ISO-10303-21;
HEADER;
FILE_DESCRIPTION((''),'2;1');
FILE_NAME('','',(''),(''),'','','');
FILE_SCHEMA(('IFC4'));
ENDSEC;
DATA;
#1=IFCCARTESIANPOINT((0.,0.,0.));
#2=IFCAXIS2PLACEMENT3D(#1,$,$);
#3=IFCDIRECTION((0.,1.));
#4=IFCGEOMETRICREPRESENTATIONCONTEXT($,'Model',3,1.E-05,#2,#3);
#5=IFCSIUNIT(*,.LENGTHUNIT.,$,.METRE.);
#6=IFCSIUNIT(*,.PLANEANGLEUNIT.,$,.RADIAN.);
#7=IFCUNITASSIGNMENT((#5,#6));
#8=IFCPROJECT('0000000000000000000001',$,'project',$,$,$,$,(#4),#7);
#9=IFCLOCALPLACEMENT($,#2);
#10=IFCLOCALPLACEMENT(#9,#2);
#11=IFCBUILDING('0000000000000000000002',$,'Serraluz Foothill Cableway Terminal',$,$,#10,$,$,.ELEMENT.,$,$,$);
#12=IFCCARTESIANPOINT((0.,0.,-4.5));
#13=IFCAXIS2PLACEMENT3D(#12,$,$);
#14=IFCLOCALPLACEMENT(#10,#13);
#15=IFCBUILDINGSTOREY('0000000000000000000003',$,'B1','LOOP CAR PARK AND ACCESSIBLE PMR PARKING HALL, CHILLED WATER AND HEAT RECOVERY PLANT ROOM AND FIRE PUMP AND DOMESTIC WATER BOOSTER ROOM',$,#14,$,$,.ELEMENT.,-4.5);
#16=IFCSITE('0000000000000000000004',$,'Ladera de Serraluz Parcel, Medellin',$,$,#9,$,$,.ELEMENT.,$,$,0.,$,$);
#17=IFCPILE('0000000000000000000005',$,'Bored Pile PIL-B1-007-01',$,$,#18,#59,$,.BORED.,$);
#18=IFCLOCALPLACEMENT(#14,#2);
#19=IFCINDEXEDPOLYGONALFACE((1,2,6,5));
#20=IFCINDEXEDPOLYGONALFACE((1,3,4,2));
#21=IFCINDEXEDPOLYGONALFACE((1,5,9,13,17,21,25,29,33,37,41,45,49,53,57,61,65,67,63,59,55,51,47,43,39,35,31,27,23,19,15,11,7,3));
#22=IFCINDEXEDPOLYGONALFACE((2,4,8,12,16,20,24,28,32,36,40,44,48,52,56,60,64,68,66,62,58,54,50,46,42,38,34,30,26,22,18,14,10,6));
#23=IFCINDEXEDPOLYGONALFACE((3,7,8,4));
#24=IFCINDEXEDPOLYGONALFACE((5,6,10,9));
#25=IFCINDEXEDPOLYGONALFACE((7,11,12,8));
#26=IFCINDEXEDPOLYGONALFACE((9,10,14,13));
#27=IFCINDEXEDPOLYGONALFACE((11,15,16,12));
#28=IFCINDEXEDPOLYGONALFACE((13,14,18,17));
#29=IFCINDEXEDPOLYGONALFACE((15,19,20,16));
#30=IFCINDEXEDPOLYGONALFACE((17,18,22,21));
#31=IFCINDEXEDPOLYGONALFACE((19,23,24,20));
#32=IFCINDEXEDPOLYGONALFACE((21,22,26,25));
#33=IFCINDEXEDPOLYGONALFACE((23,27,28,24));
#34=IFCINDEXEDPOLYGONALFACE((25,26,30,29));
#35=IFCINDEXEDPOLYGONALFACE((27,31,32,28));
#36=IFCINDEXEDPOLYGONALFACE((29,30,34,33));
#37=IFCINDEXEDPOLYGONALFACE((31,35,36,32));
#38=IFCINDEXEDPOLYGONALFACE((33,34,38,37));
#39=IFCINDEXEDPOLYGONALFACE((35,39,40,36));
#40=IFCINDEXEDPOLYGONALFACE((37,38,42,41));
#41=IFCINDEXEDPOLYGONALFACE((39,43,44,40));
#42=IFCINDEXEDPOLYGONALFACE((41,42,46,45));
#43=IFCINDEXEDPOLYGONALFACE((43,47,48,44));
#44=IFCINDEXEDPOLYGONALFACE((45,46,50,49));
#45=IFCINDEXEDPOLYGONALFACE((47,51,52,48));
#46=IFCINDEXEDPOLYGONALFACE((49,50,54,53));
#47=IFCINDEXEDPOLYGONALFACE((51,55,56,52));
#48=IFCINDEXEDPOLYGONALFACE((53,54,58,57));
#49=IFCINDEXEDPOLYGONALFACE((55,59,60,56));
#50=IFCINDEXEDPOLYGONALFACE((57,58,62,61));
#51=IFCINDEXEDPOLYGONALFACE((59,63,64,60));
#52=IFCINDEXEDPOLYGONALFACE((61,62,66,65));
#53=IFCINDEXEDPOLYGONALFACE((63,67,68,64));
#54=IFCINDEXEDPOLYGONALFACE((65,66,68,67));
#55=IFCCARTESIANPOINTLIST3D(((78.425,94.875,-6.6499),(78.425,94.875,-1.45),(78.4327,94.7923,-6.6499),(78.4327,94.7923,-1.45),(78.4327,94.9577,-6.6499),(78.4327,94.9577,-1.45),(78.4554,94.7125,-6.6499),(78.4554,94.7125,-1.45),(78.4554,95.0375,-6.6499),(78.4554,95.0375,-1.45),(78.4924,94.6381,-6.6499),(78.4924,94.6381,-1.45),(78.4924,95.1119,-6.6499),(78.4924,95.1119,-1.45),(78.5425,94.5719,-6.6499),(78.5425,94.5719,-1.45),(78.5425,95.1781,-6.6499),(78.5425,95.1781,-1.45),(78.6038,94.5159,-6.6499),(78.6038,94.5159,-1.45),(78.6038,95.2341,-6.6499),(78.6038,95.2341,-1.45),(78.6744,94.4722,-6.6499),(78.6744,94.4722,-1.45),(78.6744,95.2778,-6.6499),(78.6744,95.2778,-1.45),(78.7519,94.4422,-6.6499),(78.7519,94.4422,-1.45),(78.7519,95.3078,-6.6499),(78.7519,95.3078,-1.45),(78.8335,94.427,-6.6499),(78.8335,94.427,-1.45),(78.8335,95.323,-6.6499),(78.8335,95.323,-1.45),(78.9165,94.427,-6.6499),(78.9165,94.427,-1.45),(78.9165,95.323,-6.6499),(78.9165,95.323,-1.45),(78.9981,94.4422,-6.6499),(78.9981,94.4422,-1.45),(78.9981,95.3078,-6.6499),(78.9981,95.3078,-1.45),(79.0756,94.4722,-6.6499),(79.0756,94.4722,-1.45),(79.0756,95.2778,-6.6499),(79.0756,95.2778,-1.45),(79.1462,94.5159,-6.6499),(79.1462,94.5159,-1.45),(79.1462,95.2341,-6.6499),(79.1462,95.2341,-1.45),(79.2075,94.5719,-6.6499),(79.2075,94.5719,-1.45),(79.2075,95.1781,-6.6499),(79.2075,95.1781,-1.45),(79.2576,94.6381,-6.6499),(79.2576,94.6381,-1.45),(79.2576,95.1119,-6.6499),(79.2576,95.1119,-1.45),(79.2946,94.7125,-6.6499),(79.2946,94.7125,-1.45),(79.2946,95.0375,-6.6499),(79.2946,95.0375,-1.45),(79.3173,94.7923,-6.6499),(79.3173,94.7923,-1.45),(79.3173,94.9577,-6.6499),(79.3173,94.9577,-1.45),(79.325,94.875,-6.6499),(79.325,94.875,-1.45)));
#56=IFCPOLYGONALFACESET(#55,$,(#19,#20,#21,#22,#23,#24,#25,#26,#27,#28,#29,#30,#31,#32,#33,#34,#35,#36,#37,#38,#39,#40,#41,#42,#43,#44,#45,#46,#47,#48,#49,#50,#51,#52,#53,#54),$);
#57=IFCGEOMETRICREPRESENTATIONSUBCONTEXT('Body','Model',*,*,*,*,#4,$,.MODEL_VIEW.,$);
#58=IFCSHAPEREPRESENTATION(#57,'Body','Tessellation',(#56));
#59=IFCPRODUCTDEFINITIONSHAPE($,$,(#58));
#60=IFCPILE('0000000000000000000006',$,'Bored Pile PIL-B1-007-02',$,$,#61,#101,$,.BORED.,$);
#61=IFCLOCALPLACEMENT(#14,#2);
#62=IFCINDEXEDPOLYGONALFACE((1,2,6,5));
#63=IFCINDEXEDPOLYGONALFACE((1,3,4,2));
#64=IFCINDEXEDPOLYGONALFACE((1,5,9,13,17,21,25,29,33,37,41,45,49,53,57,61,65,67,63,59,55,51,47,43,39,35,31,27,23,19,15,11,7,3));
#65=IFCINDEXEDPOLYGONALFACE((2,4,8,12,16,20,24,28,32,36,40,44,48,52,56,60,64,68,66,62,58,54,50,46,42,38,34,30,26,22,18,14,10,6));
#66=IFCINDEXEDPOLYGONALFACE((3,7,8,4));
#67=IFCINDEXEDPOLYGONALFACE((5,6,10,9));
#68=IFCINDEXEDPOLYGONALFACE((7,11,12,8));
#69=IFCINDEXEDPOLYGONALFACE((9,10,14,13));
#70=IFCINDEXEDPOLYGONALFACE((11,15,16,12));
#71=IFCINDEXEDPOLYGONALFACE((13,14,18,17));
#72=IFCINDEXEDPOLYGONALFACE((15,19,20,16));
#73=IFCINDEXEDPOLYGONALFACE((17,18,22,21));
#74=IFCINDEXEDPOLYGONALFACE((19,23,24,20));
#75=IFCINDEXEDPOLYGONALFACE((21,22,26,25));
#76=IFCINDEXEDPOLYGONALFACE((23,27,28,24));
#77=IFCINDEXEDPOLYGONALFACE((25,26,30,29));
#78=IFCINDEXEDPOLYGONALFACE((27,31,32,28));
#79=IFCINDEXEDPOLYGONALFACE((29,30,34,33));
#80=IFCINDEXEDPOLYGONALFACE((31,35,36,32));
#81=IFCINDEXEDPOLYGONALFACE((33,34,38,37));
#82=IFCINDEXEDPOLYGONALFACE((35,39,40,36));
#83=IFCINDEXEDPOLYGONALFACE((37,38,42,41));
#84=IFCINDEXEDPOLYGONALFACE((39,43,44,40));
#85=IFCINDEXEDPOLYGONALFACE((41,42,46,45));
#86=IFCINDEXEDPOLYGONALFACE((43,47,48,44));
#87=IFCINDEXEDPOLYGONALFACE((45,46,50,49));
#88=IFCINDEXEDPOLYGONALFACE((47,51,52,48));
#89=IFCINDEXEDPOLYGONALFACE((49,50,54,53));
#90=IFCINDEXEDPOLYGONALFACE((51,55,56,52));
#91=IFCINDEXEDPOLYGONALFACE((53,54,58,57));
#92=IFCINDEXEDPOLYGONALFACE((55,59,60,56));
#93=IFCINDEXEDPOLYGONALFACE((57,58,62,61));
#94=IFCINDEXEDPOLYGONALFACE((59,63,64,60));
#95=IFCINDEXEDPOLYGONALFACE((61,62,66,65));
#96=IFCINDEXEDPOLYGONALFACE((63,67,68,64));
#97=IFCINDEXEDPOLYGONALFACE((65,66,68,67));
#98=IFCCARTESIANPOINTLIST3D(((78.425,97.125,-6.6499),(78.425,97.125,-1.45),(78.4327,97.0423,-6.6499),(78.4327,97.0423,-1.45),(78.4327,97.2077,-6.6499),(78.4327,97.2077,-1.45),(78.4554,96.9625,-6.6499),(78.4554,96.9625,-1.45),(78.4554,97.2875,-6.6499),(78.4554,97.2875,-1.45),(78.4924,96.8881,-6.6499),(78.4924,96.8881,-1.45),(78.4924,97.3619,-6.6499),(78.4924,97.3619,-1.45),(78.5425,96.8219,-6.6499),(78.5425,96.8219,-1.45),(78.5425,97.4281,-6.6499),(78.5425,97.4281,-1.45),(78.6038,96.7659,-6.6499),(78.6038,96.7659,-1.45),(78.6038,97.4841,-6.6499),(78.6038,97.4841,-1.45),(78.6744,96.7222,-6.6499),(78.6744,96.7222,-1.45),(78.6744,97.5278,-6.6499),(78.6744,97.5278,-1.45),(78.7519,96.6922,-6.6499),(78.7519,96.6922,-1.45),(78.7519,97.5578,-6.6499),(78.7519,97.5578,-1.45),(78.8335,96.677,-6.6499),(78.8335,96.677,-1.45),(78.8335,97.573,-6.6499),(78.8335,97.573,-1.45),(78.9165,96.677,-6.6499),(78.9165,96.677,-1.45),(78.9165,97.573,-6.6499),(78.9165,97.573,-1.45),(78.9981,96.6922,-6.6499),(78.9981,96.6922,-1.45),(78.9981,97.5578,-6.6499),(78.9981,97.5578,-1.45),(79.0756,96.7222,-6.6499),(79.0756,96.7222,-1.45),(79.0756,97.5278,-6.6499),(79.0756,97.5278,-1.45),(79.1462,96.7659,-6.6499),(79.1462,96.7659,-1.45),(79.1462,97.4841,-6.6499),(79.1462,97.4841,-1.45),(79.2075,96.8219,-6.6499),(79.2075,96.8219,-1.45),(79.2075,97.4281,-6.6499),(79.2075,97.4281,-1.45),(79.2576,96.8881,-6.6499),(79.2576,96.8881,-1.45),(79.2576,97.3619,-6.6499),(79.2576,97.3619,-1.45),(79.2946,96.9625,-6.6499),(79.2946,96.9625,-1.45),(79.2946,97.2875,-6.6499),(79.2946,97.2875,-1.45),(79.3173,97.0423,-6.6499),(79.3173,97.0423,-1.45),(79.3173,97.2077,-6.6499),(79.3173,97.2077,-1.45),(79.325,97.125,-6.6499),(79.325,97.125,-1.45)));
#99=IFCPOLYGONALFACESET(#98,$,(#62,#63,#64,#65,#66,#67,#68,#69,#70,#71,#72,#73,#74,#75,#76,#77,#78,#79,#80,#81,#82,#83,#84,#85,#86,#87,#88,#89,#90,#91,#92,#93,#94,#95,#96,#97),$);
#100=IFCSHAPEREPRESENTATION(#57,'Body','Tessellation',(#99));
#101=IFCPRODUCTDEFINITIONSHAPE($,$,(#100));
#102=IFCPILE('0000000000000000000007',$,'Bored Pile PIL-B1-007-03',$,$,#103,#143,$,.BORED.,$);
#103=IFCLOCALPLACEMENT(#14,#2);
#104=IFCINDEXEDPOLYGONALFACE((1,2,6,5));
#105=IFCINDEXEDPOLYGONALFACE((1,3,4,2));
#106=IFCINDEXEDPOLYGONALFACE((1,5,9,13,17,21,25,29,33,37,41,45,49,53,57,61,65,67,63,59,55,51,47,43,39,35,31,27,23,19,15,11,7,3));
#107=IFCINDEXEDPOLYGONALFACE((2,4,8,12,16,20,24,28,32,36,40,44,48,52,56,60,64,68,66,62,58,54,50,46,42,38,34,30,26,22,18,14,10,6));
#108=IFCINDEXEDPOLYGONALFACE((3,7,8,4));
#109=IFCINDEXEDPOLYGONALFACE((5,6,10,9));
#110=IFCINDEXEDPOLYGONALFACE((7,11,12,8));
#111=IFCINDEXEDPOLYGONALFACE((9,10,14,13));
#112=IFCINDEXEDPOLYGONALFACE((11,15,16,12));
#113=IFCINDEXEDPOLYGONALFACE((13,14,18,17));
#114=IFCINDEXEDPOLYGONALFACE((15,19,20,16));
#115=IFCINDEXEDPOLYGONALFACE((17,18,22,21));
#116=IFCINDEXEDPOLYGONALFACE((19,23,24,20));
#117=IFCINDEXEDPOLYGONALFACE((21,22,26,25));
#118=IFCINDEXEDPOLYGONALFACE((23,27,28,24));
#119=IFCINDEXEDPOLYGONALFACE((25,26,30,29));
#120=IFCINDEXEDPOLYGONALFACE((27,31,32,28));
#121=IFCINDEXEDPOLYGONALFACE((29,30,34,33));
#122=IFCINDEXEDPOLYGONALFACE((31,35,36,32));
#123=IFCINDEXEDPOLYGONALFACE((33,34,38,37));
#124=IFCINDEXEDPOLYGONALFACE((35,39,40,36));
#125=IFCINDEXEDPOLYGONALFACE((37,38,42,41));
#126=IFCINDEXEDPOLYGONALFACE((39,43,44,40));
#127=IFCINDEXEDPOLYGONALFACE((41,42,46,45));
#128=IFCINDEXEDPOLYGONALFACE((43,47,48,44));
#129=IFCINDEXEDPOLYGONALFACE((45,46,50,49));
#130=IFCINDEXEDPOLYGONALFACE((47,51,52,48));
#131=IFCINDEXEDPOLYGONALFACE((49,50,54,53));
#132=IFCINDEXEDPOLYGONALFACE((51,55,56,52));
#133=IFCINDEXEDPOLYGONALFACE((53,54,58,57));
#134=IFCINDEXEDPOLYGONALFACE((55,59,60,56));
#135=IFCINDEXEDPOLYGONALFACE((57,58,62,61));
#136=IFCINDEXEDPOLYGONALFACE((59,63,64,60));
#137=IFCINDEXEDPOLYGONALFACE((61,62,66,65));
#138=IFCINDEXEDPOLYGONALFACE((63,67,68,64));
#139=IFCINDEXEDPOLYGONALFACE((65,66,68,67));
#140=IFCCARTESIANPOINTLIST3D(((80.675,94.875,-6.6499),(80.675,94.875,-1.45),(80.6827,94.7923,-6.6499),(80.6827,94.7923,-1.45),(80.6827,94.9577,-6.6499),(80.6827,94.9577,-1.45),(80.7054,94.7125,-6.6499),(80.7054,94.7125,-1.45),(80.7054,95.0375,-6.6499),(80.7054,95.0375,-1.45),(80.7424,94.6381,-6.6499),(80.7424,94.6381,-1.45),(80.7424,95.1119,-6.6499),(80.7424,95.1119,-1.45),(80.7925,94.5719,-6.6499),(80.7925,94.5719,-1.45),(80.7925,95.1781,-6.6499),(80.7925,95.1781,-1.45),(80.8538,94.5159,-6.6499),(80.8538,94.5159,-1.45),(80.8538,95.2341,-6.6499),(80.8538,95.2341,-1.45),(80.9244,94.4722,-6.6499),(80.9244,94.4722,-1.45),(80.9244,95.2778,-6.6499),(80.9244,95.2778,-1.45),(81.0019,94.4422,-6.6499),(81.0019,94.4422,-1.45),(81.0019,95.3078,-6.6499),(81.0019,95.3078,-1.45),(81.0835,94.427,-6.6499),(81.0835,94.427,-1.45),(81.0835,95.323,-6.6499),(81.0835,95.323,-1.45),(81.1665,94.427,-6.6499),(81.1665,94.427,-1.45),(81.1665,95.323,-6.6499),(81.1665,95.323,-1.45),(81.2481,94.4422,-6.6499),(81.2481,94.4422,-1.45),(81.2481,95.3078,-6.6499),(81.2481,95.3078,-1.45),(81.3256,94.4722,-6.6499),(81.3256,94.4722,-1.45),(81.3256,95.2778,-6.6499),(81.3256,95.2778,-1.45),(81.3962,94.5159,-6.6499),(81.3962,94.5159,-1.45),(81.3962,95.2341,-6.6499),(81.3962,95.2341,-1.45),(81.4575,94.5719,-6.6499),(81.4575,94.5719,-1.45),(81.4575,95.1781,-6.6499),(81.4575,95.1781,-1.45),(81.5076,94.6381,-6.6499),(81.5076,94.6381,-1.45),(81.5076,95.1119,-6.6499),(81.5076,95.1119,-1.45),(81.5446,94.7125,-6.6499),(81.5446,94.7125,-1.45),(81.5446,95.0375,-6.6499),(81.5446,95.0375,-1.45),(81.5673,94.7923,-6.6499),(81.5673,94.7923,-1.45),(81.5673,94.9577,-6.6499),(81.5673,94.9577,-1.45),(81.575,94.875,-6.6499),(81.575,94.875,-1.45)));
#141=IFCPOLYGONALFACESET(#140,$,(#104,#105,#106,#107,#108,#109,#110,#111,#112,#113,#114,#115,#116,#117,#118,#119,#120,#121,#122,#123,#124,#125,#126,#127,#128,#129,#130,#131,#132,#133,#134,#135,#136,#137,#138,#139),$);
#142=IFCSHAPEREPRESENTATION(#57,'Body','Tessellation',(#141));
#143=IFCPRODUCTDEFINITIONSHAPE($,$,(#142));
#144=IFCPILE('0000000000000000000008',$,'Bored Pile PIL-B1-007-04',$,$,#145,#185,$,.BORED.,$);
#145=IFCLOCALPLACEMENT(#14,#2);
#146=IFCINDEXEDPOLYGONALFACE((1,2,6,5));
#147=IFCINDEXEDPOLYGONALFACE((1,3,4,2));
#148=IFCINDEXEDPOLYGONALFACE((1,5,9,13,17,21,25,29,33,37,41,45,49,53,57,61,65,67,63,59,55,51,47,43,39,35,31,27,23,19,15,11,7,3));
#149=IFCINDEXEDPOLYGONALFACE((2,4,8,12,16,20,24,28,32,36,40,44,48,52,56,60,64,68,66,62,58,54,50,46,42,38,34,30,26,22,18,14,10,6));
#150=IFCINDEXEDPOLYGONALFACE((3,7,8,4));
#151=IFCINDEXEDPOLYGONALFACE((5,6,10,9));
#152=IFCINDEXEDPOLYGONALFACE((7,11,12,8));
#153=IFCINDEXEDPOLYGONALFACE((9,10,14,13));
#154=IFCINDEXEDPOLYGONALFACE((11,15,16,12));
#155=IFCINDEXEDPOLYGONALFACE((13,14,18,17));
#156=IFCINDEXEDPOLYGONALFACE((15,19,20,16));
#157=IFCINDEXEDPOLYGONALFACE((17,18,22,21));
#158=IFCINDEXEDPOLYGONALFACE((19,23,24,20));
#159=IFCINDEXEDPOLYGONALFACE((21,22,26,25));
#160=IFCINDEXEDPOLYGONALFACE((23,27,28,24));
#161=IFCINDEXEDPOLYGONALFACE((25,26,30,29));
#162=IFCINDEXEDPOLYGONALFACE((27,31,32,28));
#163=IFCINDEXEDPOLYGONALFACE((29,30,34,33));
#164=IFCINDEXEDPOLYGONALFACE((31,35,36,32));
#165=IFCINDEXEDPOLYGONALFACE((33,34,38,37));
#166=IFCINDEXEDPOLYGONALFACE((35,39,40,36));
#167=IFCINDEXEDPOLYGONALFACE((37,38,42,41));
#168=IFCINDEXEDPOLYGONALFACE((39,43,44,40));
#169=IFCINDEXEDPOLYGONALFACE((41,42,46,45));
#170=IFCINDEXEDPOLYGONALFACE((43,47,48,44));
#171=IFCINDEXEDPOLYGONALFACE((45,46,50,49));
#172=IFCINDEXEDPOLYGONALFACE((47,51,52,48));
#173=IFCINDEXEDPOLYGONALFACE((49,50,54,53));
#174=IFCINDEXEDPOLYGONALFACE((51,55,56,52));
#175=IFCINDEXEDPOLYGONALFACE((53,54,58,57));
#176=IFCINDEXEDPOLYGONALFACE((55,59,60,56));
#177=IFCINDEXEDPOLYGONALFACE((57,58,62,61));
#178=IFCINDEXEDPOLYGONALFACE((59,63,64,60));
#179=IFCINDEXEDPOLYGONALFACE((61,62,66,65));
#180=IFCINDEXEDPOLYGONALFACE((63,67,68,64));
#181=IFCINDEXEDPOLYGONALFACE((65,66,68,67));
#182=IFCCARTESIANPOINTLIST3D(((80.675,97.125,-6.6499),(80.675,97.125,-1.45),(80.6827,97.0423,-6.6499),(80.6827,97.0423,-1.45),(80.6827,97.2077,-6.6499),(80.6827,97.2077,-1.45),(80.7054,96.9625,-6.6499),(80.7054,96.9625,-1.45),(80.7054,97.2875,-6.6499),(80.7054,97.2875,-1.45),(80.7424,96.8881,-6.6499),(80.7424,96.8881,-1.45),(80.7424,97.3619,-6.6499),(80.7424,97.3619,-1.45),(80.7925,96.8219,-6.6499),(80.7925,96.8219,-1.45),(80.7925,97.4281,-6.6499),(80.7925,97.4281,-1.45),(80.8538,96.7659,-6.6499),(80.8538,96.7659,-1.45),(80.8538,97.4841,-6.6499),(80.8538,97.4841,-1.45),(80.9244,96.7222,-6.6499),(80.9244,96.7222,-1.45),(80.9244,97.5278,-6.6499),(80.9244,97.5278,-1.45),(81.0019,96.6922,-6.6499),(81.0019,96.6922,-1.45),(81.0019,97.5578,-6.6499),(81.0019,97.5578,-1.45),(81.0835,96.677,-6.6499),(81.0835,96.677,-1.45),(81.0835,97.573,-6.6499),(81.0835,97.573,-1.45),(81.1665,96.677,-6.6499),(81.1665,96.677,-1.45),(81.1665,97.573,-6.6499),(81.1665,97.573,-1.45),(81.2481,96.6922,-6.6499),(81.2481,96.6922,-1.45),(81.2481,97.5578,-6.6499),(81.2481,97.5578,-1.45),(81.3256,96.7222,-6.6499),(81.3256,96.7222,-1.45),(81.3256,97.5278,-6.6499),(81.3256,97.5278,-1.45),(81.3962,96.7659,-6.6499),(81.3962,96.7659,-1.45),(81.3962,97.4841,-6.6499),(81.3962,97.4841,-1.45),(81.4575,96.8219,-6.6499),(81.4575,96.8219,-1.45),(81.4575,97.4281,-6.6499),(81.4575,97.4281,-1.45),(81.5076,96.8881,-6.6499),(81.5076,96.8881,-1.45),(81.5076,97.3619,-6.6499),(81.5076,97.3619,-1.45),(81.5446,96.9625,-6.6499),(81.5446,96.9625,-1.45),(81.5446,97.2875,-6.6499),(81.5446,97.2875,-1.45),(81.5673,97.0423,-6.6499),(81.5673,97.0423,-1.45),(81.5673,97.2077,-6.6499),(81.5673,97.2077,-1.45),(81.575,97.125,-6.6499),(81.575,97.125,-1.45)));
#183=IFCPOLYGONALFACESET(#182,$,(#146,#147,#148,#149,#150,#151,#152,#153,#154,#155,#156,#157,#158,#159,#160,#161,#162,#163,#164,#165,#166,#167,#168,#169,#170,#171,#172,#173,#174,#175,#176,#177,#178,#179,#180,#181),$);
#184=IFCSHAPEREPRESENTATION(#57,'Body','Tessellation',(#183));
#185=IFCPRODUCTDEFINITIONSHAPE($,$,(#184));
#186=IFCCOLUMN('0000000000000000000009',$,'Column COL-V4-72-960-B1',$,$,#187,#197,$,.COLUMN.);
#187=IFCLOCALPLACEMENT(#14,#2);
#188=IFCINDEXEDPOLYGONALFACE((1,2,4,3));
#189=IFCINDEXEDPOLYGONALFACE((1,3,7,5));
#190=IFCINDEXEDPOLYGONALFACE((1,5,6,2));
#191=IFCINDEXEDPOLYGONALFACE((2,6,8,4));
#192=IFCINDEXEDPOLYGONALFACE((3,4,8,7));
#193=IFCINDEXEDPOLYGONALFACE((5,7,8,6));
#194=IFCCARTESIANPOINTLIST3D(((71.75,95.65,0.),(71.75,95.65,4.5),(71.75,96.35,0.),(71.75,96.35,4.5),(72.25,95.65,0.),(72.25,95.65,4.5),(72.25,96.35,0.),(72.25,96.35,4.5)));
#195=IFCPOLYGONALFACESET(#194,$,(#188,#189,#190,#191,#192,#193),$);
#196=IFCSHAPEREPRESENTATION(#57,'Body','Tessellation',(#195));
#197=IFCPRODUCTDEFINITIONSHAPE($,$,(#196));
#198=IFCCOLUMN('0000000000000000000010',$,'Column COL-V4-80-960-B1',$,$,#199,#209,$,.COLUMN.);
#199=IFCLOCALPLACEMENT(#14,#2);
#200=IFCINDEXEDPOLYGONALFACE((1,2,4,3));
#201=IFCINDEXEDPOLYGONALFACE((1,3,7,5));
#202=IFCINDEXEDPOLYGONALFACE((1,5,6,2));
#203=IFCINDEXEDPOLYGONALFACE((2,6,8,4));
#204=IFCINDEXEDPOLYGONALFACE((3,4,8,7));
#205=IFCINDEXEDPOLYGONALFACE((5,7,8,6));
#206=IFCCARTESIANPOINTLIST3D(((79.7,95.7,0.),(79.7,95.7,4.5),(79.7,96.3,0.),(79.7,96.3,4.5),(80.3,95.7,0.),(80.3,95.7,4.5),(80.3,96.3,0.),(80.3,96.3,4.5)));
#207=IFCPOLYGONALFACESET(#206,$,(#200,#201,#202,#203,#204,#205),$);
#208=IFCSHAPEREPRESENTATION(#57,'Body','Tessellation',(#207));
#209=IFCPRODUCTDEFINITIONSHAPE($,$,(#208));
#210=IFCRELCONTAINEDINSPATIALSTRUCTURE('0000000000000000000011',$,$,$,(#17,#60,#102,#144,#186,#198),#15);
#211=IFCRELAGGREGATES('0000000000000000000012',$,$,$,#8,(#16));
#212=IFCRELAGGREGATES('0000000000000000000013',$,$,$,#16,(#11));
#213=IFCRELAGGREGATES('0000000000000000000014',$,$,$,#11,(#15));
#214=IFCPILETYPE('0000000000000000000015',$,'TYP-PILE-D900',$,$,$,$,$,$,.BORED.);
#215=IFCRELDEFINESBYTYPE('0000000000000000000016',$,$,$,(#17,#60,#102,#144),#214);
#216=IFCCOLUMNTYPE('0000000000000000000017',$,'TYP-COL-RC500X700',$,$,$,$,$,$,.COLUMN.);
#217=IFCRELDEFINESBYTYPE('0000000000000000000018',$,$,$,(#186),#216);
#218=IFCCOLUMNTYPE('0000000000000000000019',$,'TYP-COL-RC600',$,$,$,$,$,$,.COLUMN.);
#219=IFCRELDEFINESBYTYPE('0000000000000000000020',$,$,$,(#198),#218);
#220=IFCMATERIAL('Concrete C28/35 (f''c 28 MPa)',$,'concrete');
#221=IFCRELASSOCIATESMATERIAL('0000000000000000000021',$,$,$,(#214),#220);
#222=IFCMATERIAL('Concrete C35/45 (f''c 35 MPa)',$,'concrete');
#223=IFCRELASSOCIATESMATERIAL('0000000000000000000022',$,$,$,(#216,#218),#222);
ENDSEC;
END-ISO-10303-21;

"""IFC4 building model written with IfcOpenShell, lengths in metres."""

from ifc_helpers import new_model, si_unit, direction, frame, origin, origin_2d, place, context, subcontext, project, spatial, rectangle, circle, extrude, material, material_profile, profile_set, type_object, element, save


model = new_model("IFC4")

# Units and contexts
model_context = context("Model", 3, precision=1e-05, world=origin(), true_north=direction((0.0, 1.0)))
body_context = subcontext(model_context, "Body", "Model", "MODEL_VIEW")
ifc_project = project(units=[si_unit("LENGTHUNIT", "METRE"), si_unit("PLANEANGLEUNIT", "RADIAN")], contexts=[model_context])

# Site, building, storey
site_placement = place(None, origin())
site = spatial("IfcSite", under=ifc_project, at=site_placement, Name="Ladera de Serraluz Parcel, Medellin", CompositionType="ELEMENT", RefElevation=0.0)
building_placement = place(site_placement, origin())
building = spatial("IfcBuilding", under=site, at=building_placement, Name="Serraluz Foothill Cableway Terminal", CompositionType="ELEMENT")
storey_placement = place(building_placement, frame((0.0, 0.0, -4.5)))
storey = spatial("IfcBuildingStorey", under=building, at=storey_placement, Name="B1", Description="LOOP CAR PARK AND ACCESSIBLE PMR PARKING HALL, CHILLED WATER AND HEAT RECOVERY PLANT ROOM AND FIRE PUMP AND DOMESTIC WATER BOOSTER ROOM", CompositionType="ELEMENT", Elevation=-4.5)

# Shared definitions
ifc_material_1 = material(Name="Concrete C35/45 (f'c 35 MPa)", Category="concrete")

# Piles
ifc_material_2 = material(Name="Concrete C28/35 (f'c 28 MPa)", Category="concrete")
ifc_material_profile_1 = material_profile(ifc_material_2, circle(Radius=0.45, at=origin_2d()), Name="BORED PILE D900")
ifc_profile_set_1 = profile_set([ifc_material_profile_1], Name="Concrete C28/35 (f'c 28 MPa)")
pile_type = type_object("IfcPileType", Name="TYP-PILE-D900", PredefinedType="BORED", material=ifc_profile_set_1)
for number, where, z_axis, x_axis, name in (
    (1, (78.875, 94.875, -1.45), (0.0, 0.0, -1.0), (1.0, 0.0, 0.0), "Bored Pile PIL-B1-007-01"),
    (2, (78.875, 97.125, -1.45), (0.0, 0.0, -1.0), (1.0, 0.0, 0.0), "Bored Pile PIL-B1-007-02"),
    (3, (81.125, 94.875, -1.45), (0.0, 0.0, -1.0), (1.0, 0.0, 0.0), "Bored Pile PIL-B1-007-03"),
    (4, (81.125, 97.125, -1.45), (0.0, 0.0, -1.0), (1.0, 0.0, 0.0), "Bored Pile PIL-B1-007-04"),
):
    element("IfcPile", number, at=place(storey_placement, frame(where, z_axis=z_axis, x_axis=x_axis)), inside=storey, type_object=pile_type, Name=name, PredefinedType="BORED", context=body_context, shape_type="SweptSolid", body=[
        extrude(circle(Radius=0.45, at=origin_2d()), origin(), (0.0, 0.0, 1.0), 5.2),
    ])

# Columns
ifc_material_profile_2 = material_profile(ifc_material_1, rectangle(XDim=0.5, YDim=0.7, at=origin_2d()), Name="RC 500x700")
ifc_profile_set_2 = profile_set([ifc_material_profile_2], Name="Concrete C35/45 (f'c 35 MPa)")
column_type_1 = type_object("IfcColumnType", Name="TYP-COL-RC500X700", PredefinedType="COLUMN", material=ifc_profile_set_2)
column_1_placement = place(storey_placement, frame((72.0, 96.0, 0.0), z_axis=(0.0, 0.0, 1.0), x_axis=(1.0, 0.0, 0.0)))
element("IfcColumn", 5, at=column_1_placement, inside=storey, type_object=column_type_1, Name="Column COL-V4-72-960-B1", PredefinedType="COLUMN", context=body_context, shape_type="SweptSolid", body=[
    extrude(rectangle(XDim=0.5, YDim=0.7, at=origin_2d()), origin(), (0.0, 0.0, 1.0), 4.5),
])
ifc_material_profile_3 = material_profile(ifc_material_1, rectangle(XDim=0.6001, YDim=0.6001, at=origin_2d()), Name="RC 600x600")
ifc_profile_set_3 = profile_set([ifc_material_profile_3], Name="Concrete C35/45 (f'c 35 MPa)")
column_type_2 = type_object("IfcColumnType", Name="TYP-COL-RC600", PredefinedType="COLUMN", material=ifc_profile_set_3)
column_2_placement = place(storey_placement, frame((80.0, 96.0, 0.0), z_axis=(0.0, 0.0, 1.0), x_axis=(1.0, 0.0, 0.0)))
element("IfcColumn", 6, at=column_2_placement, inside=storey, type_object=column_type_2, Name="Column COL-V4-80-960-B1", PredefinedType="COLUMN", context=body_context, shape_type="SweptSolid", body=[
    extrude(rectangle(XDim=0.6001, YDim=0.6001, at=origin_2d()), origin(), (0.0, 0.0, 1.0), 4.5),
])

save(model, "model.ifc")
